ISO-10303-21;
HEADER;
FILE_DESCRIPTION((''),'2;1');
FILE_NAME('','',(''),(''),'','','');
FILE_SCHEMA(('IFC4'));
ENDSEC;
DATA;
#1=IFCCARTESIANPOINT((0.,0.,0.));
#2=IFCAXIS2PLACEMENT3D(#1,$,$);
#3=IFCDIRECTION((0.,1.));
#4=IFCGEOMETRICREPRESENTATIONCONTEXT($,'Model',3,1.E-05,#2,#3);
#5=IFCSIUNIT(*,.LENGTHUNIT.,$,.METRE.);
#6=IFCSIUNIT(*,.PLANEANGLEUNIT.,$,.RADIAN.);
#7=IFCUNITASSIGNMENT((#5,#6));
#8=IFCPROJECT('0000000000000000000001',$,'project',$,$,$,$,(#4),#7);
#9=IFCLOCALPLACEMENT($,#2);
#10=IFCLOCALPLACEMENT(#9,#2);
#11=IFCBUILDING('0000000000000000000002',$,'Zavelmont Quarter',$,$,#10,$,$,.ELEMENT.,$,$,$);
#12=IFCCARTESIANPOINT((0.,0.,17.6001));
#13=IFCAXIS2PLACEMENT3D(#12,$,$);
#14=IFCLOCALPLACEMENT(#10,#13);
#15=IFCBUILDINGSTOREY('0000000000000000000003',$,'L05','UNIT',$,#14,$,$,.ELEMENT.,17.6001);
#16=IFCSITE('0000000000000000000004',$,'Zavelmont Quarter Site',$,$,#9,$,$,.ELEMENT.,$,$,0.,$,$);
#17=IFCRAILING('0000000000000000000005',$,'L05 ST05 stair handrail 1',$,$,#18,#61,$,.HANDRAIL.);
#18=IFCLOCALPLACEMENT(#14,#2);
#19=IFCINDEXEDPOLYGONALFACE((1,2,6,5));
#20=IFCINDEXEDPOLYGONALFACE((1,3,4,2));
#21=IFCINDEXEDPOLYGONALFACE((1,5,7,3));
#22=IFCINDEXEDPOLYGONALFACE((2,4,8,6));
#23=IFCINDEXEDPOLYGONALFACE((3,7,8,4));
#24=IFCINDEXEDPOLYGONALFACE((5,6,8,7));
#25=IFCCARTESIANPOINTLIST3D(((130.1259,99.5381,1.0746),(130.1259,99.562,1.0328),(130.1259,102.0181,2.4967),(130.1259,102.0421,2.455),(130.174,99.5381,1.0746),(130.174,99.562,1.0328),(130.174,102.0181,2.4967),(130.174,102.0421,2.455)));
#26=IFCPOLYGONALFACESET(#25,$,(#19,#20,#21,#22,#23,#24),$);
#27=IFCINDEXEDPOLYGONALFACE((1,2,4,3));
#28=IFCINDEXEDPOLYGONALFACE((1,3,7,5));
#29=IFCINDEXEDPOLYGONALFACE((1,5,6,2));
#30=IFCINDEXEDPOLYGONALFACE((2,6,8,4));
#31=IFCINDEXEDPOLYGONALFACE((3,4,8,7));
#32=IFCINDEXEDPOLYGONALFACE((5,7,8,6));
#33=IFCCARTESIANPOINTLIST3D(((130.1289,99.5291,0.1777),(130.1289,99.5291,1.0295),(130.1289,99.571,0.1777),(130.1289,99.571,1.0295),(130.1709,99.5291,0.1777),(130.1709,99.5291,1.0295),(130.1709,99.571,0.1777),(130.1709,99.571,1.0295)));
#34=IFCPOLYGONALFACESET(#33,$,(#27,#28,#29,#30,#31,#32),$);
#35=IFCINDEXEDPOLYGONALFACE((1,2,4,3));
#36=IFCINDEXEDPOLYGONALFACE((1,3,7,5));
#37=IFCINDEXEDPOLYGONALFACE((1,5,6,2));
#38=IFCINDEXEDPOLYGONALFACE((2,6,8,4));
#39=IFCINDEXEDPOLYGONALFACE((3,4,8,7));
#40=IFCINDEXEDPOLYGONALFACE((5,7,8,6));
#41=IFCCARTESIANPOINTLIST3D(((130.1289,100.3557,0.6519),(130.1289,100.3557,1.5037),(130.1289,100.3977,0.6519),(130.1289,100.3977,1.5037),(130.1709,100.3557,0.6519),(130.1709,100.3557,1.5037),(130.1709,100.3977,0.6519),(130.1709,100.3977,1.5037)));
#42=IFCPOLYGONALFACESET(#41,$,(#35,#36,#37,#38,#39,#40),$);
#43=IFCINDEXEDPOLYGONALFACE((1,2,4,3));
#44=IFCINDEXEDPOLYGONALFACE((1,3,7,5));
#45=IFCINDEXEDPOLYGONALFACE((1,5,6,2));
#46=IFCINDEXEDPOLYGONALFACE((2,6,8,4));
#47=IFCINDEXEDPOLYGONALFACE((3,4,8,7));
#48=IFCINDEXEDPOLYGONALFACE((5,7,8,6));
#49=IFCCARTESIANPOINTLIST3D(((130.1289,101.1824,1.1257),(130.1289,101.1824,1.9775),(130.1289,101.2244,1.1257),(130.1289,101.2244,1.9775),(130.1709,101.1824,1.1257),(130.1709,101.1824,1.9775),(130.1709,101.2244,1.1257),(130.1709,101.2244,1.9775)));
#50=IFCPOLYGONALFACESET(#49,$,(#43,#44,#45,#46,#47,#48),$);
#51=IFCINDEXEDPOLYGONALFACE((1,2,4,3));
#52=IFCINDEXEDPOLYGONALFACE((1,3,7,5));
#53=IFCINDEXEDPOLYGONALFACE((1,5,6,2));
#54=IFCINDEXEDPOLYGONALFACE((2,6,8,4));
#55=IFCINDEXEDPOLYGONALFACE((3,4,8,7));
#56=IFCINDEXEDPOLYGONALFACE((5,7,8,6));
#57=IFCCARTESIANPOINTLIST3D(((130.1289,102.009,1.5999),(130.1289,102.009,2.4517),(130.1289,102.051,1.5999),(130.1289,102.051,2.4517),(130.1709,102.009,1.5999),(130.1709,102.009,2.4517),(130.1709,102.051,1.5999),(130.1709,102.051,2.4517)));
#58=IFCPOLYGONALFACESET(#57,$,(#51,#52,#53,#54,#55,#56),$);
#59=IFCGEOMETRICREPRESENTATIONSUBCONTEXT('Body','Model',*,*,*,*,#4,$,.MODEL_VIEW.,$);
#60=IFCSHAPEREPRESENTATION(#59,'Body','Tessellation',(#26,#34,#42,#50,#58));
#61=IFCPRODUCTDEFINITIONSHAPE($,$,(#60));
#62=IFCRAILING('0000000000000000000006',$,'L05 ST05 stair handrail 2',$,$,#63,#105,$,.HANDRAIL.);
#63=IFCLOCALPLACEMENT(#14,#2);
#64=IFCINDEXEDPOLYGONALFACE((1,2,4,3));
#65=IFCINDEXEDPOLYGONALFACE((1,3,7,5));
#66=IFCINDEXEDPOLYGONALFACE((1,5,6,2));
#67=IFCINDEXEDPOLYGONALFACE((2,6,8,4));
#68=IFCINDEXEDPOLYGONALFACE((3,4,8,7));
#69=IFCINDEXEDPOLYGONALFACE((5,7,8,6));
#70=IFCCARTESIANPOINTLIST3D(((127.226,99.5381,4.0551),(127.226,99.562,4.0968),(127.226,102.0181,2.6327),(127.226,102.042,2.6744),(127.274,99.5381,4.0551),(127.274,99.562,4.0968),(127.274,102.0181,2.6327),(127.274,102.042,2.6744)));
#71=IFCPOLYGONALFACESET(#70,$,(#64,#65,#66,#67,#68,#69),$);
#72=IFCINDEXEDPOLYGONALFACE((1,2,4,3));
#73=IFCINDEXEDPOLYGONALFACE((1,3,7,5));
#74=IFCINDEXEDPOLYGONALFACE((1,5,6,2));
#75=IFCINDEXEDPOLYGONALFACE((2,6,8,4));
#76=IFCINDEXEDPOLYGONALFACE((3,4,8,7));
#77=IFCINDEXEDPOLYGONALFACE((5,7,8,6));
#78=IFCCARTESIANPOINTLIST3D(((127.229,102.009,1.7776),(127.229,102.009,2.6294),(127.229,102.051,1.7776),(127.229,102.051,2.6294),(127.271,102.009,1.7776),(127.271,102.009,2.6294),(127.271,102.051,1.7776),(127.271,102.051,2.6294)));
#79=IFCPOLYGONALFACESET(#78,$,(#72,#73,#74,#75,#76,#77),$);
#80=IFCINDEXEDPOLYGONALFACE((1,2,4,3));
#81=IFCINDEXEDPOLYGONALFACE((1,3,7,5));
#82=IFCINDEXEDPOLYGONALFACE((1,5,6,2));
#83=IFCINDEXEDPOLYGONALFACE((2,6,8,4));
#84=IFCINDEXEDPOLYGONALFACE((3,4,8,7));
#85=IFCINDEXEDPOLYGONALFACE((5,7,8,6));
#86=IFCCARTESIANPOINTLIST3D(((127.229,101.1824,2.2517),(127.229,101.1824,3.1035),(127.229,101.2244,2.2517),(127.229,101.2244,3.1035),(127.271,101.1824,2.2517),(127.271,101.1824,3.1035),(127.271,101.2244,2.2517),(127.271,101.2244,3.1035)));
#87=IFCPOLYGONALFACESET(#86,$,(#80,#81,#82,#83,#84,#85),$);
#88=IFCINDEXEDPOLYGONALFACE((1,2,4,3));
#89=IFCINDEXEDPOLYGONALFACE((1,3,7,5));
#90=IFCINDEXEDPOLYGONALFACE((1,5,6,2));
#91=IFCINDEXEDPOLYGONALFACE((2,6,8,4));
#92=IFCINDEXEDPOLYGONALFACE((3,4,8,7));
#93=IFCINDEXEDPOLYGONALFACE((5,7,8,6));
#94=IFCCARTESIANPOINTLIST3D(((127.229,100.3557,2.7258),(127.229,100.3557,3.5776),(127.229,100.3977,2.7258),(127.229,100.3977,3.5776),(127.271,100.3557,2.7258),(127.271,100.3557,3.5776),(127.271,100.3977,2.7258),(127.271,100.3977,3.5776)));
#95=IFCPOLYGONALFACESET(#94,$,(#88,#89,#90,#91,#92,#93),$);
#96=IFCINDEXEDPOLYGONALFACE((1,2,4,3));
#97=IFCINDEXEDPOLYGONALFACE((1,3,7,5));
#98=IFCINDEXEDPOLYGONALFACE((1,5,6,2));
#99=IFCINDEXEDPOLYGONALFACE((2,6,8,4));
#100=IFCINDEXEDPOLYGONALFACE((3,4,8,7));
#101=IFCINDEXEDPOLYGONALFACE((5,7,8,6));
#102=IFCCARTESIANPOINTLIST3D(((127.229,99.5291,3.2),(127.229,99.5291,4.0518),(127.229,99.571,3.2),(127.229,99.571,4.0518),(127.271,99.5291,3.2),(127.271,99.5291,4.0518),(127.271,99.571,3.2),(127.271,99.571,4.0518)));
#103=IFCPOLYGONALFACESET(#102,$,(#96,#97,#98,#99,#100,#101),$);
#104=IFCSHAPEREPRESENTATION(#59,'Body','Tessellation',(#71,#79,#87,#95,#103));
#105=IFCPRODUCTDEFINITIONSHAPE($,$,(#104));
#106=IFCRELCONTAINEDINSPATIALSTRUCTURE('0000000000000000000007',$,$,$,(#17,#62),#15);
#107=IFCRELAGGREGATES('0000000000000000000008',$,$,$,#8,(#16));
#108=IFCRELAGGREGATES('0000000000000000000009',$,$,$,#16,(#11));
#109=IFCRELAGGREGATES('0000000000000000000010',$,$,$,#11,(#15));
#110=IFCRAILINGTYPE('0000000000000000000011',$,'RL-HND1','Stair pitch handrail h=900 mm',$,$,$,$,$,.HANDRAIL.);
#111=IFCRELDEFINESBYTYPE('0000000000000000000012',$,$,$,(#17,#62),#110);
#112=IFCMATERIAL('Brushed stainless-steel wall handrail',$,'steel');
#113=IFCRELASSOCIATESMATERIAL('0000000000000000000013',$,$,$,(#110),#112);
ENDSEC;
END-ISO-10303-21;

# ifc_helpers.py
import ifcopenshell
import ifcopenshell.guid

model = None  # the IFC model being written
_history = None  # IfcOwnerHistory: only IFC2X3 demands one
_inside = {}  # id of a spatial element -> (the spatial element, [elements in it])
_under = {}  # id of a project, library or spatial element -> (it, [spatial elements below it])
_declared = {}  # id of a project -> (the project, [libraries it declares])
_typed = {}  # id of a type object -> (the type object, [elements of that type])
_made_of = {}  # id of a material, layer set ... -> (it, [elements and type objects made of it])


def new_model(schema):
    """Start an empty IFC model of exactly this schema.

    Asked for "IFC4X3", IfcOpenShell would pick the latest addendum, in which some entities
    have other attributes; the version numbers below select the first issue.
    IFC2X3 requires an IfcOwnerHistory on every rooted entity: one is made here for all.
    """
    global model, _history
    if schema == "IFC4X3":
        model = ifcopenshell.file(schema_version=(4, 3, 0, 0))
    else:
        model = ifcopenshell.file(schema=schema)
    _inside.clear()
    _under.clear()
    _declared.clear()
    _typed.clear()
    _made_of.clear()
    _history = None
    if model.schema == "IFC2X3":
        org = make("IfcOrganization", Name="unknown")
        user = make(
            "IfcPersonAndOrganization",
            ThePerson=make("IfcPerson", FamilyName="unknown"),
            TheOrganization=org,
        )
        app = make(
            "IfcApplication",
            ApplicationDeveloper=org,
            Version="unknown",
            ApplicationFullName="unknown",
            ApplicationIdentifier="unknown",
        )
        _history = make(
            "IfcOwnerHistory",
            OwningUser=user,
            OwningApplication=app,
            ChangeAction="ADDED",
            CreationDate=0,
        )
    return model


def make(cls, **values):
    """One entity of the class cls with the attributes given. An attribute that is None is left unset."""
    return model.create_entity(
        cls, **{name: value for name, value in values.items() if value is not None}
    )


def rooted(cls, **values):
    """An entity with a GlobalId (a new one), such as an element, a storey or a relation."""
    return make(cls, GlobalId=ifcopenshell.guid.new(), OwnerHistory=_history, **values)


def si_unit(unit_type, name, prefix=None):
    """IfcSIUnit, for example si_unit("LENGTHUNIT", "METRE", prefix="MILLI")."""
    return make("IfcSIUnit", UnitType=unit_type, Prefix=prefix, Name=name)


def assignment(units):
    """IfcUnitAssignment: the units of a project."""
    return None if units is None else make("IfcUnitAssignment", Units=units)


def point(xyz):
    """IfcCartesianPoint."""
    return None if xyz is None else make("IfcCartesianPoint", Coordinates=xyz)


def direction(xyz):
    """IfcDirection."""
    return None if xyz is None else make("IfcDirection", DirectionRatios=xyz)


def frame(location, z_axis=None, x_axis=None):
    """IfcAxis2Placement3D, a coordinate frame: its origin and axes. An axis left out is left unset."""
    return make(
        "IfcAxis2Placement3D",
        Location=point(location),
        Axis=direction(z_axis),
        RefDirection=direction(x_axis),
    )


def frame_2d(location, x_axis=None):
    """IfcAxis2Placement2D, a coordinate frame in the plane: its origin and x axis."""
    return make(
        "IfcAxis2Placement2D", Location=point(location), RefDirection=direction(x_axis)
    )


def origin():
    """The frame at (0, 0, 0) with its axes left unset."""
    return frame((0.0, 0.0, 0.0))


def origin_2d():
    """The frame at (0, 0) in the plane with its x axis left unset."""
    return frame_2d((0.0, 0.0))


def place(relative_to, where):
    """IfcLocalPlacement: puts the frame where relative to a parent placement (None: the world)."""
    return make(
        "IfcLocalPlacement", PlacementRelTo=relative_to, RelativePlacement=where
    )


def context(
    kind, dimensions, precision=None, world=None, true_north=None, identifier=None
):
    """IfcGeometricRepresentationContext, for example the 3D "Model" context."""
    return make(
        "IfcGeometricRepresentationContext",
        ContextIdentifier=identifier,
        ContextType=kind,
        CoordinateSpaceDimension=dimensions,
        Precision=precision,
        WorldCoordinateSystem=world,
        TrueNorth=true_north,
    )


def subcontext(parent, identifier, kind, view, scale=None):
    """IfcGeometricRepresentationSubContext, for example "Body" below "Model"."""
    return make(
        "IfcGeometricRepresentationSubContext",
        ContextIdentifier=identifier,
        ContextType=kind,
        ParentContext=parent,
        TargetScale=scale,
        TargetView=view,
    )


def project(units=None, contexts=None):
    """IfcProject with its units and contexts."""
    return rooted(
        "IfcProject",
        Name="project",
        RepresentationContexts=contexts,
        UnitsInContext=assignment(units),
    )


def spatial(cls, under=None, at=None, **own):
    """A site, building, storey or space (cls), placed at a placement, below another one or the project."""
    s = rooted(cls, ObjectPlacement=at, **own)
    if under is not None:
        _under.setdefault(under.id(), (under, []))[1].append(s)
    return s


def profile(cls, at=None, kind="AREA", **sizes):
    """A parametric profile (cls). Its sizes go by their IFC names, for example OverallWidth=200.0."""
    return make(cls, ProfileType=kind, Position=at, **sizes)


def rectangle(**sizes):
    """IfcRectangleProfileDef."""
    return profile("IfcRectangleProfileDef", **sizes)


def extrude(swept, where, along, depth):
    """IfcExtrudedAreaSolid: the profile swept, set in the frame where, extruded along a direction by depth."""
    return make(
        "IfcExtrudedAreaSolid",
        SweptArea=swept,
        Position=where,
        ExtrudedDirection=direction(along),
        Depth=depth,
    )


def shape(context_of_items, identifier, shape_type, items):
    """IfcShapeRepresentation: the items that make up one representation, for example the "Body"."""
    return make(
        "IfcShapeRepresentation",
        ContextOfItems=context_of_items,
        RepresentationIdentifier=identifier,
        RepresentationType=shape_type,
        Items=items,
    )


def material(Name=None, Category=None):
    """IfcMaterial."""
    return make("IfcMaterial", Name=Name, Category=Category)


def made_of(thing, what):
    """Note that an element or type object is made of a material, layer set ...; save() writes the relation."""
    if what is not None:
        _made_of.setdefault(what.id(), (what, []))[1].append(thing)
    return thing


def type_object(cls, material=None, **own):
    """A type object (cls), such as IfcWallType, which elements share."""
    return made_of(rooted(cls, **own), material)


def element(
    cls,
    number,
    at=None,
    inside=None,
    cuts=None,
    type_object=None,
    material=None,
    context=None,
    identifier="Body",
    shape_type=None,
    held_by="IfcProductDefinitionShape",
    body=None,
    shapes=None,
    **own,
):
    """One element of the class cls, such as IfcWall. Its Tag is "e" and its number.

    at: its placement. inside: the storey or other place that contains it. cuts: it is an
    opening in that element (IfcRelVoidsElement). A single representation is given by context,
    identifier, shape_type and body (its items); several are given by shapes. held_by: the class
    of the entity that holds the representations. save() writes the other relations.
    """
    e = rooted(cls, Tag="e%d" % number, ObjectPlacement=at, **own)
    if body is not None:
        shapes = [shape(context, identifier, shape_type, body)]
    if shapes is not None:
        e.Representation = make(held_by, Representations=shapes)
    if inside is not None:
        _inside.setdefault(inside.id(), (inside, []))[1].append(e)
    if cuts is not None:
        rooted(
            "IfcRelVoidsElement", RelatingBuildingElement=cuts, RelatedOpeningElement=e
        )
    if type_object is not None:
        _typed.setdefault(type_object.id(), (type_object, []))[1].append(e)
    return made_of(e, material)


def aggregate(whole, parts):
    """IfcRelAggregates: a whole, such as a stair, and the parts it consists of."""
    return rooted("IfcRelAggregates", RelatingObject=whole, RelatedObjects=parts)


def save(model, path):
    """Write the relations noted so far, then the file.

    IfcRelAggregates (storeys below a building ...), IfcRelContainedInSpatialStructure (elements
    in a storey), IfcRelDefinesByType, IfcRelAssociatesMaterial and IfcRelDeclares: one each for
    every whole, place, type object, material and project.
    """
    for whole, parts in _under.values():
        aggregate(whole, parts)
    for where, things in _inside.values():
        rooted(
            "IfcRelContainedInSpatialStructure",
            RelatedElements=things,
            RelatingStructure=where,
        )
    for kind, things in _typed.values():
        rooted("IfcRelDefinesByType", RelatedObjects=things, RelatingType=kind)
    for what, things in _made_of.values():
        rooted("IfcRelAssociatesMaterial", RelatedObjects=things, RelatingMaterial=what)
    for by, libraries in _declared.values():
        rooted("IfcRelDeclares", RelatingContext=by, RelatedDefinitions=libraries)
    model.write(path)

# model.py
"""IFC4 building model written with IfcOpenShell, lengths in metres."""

from ifc_helpers import new_model, si_unit, direction, frame, origin, origin_2d, place, context, subcontext, project, spatial, rectangle, extrude, material, type_object, element, save


model = new_model("IFC4")

# Units and contexts
model_context = context("Model", 3, precision=1e-05, world=origin(), true_north=direction((0.0, 1.0)))
body_context = subcontext(model_context, "Body", "Model", "MODEL_VIEW")
ifc_project = project(units=[si_unit("LENGTHUNIT", "METRE"), si_unit("PLANEANGLEUNIT", "RADIAN")], contexts=[model_context])

# Site, building, storey
site_placement = place(None, origin())
site = spatial("IfcSite", under=ifc_project, at=site_placement, Name="Zavelmont Quarter Site", CompositionType="ELEMENT", RefElevation=0.0)
building_placement = place(site_placement, origin())
building = spatial("IfcBuilding", under=site, at=building_placement, Name="Zavelmont Quarter", CompositionType="ELEMENT")
storey_placement = place(building_placement, frame((0.0, 0.0, 17.6001)))
storey = spatial("IfcBuildingStorey", under=building, at=storey_placement, Name="L05", Description="UNIT", CompositionType="ELEMENT", Elevation=17.6001)

# Railings
ifc_material_1 = material(Name="Brushed stainless-steel wall handrail", Category="steel")
railing_type_1 = type_object("IfcRailingType", Name="RL-HND1", Description="Stair pitch handrail h=900 mm", PredefinedType="HANDRAIL", material=ifc_material_1)
railing_1_placement = place(storey_placement, frame((130.1499, 99.55, 0.1777)))
element("IfcRailing", 1, at=railing_1_placement, inside=storey, type_object=railing_type_1, Name="L05 ST05 stair handrail 1", PredefinedType="HANDRAIL", context=body_context, shape_type="SweptSolid", body=[
    extrude(rectangle(XDim=0.0481, YDim=0.0481, at=origin_2d()), frame((0.0, 0.0, 0.876), z_axis=(0.0, 0.867491, 0.497454), x_axis=(-1.0, 0.0, 0.0)), (0.0, 0.0, 1.0), 2.8589),
    extrude(rectangle(XDim=0.042, YDim=0.042, at=origin_2d()), origin(), (0.0, 0.0, 1.0), 0.8518),
    extrude(rectangle(XDim=0.042, YDim=0.042, at=origin_2d()), frame((0.0, 0.8267, 0.4741)), (0.0, 0.0, 1.0), 0.8518),
    extrude(rectangle(XDim=0.042, YDim=0.042, at=origin_2d()), frame((0.0, 1.6533, 0.948)), (0.0, 0.0, 1.0), 0.8518),
    extrude(rectangle(XDim=0.042, YDim=0.042, at=origin_2d()), frame((0.0, 2.48, 1.4221)), (0.0, 0.0, 1.0), 0.8518),
])
railing_2_placement = place(storey_placement, frame((127.25, 102.03, 1.7776)))
element("IfcRailing", 2, at=railing_2_placement, inside=storey, type_object=railing_type_1, Name="L05 ST05 stair handrail 2", PredefinedType="HANDRAIL", context=body_context, shape_type="SweptSolid", body=[
    extrude(rectangle(XDim=0.0481, YDim=0.0481, at=origin_2d()), frame((0.0, 0.0, 0.876), z_axis=(0.0, -0.867454, 0.497518), x_axis=(1.0, 0.0, 0.0)), (0.0, 0.0, 1.0), 2.8589),
    extrude(rectangle(XDim=0.042, YDim=0.042, at=origin_2d()), origin(), (0.0, 0.0, 1.0), 0.8518),
    extrude(rectangle(XDim=0.042, YDim=0.042, at=origin_2d()), frame((0.0, -0.8267, 0.4741)), (0.0, 0.0, 1.0), 0.8518),
    extrude(rectangle(XDim=0.042, YDim=0.042, at=origin_2d()), frame((0.0, -1.6533, 0.9482)), (0.0, 0.0, 1.0), 0.8518),
    extrude(rectangle(XDim=0.042, YDim=0.042, at=origin_2d()), frame((0.0, -2.48, 1.4224)), (0.0, 0.0, 1.0), 0.8518),
])

save(model, "model.ifc")
